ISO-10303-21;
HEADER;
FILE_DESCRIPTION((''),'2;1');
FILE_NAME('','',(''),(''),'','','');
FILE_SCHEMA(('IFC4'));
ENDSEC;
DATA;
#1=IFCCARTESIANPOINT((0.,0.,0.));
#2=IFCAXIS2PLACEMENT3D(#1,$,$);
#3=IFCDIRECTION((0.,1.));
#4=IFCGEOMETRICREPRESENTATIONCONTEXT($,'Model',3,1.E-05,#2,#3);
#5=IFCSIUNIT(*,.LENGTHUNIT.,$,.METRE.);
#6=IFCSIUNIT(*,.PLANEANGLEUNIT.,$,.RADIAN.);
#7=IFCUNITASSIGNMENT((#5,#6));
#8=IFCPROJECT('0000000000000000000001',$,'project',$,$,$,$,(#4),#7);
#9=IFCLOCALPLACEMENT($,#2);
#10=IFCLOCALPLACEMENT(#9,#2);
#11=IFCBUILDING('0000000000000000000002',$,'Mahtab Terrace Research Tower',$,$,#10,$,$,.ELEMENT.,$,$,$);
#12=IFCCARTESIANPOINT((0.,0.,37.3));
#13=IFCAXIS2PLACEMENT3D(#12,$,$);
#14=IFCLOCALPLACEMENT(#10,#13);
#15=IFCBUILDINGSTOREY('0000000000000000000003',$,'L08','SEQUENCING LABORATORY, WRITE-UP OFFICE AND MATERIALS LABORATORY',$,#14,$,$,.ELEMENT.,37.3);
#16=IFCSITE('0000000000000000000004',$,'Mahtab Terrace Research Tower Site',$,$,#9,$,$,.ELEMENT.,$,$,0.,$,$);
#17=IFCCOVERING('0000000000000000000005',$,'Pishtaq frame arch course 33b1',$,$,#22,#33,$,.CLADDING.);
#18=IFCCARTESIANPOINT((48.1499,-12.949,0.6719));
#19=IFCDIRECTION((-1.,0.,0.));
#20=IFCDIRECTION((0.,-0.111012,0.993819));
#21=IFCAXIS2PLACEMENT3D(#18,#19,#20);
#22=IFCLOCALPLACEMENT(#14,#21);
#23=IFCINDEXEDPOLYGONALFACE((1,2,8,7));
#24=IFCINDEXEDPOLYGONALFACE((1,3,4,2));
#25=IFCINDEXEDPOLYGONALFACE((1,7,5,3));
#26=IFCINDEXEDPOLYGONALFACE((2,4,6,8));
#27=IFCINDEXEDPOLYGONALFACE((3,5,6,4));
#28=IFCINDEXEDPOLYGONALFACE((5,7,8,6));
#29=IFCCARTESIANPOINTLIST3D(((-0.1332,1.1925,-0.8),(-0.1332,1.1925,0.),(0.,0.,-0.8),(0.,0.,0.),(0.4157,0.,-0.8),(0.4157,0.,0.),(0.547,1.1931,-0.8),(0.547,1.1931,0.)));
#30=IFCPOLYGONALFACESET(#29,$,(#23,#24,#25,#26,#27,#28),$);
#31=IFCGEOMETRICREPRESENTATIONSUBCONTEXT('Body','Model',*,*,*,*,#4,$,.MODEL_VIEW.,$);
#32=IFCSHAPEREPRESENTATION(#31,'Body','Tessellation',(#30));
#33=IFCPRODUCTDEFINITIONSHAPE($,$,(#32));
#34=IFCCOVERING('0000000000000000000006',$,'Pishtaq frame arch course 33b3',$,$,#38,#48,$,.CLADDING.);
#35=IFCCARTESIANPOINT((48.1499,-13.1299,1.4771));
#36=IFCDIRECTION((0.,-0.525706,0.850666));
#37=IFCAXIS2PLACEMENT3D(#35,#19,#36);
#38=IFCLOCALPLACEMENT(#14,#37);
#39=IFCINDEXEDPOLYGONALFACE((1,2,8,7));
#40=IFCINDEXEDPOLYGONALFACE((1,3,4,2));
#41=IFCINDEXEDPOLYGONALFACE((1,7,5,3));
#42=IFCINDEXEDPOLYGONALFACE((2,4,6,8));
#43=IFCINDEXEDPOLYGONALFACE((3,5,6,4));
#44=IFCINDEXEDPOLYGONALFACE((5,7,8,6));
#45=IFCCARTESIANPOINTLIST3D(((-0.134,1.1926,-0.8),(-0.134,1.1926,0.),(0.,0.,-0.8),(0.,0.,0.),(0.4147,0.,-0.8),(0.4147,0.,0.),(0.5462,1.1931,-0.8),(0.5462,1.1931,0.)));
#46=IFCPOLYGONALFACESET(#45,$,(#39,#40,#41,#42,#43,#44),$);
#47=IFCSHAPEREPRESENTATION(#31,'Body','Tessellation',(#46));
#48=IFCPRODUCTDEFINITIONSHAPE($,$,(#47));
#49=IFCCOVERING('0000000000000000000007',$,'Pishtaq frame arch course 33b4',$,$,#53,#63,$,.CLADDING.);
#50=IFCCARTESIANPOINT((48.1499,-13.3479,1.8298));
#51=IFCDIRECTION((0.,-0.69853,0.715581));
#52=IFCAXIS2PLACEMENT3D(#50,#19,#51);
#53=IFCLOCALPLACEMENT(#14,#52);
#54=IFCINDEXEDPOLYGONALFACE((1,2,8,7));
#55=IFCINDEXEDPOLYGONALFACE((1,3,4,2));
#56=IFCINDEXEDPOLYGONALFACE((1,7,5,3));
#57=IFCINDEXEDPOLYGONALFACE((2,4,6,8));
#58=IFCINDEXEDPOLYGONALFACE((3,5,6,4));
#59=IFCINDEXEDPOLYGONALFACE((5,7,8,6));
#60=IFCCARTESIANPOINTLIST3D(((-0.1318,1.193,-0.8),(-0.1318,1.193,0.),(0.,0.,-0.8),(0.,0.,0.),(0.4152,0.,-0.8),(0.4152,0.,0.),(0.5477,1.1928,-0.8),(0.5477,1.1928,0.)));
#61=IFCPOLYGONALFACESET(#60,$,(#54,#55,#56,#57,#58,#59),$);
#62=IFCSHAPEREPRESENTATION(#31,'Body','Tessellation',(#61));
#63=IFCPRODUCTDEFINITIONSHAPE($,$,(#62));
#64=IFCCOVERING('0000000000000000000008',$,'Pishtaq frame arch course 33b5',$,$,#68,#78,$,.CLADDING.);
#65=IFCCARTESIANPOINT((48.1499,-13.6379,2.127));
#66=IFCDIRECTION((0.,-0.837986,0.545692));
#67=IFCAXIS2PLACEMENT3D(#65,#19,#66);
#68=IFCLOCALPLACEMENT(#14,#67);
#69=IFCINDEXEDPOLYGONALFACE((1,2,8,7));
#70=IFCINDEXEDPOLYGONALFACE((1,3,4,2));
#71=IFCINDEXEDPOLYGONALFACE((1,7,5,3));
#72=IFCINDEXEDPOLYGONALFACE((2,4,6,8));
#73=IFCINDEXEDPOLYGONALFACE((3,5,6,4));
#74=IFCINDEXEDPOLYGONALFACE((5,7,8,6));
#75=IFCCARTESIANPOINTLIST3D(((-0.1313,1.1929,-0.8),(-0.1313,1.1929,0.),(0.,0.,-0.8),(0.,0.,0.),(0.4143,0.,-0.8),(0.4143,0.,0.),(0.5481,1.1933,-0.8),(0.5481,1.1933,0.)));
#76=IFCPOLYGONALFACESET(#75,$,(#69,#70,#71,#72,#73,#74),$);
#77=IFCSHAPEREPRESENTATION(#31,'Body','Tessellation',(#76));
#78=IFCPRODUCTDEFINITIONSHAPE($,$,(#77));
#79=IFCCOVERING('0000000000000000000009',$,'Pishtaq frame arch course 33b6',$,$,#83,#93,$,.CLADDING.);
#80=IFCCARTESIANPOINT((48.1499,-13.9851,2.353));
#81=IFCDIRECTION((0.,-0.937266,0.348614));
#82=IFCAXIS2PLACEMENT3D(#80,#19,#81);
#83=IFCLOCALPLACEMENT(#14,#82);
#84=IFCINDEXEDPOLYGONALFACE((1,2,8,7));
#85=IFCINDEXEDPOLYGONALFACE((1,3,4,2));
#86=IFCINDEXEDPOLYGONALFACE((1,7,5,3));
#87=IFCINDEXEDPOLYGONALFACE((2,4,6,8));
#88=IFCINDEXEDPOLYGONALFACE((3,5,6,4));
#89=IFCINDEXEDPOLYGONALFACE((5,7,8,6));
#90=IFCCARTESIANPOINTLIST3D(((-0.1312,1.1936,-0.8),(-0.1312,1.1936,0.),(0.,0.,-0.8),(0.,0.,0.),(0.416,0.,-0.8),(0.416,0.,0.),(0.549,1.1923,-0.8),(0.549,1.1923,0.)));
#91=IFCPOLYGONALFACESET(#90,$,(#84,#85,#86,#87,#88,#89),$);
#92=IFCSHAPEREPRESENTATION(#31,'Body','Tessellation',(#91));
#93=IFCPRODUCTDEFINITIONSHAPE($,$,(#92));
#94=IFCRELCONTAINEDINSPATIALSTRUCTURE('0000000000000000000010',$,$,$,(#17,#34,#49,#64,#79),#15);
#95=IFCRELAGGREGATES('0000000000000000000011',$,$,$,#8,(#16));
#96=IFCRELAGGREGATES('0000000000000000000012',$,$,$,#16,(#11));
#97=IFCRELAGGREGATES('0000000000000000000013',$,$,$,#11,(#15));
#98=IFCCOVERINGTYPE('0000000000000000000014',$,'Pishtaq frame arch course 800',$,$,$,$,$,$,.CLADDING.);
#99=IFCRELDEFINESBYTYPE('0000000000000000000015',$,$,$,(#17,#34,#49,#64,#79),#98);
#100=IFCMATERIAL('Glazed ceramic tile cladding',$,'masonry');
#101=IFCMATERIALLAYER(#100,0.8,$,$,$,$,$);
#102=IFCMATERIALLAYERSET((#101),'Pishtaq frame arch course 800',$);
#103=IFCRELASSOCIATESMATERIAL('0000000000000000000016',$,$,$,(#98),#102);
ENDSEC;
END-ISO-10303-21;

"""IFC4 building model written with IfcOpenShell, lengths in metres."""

from ifc_helpers import new_model, si_unit, direction, frame, origin, place, context, subcontext, project, spatial, polyline, outline, extrude, material, layer, layer_set, type_object, element, save


model = new_model("IFC4")

# Units and contexts
model_context = context("Model", 3, precision=1e-05, world=origin(), true_north=direction((0.0, 1.0)))
body_context = subcontext(model_context, "Body", "Model", "MODEL_VIEW")
ifc_project = project(units=[si_unit("LENGTHUNIT", "METRE"), si_unit("PLANEANGLEUNIT", "RADIAN")], contexts=[model_context])

# Site, building, storey
site_placement = place(None, origin())
site = spatial("IfcSite", under=ifc_project, at=site_placement, Name="Mahtab Terrace Research Tower Site", CompositionType="ELEMENT", RefElevation=0.0)
building_placement = place(site_placement, origin())
building = spatial("IfcBuilding", under=site, at=building_placement, Name="Mahtab Terrace Research Tower", CompositionType="ELEMENT")
storey_placement = place(building_placement, frame((0.0, 0.0, 37.3)))
storey = spatial("IfcBuildingStorey", under=building, at=storey_placement, Name="L08", Description="SEQUENCING LABORATORY, WRITE-UP OFFICE AND MATERIALS LABORATORY", CompositionType="ELEMENT", Elevation=37.3)

# Coverings
ifc_material_1 = material(Name="Glazed ceramic tile cladding", Category="masonry")
ifc_layer_1 = layer(ifc_material_1, 0.8)
ifc_layer_set_1 = layer_set([ifc_layer_1], Name="Pishtaq frame arch course 800")
covering_type_1 = type_object("IfcCoveringType", Name="Pishtaq frame arch course 800", PredefinedType="CLADDING", material=ifc_layer_set_1)
covering_1_placement = place(storey_placement, frame((48.1499, -12.949, 0.6719), z_axis=(-1.0, 0.0, 0.0), x_axis=(0.0, -0.111012, 0.993819)))
element("IfcCovering", 1, at=covering_1_placement, inside=storey, type_object=covering_type_1, Name="Pishtaq frame arch course 33b1", PredefinedType="CLADDING", context=body_context, shape_type="SweptSolid", body=[
    extrude(outline(polyline([(0.0, 0.0), (0.4157, 0.0), (0.547, 1.1931), (-0.1332, 1.1925), (0.0, 0.0)])), origin(), (0.0, 0.0, -1.0), 0.8),
])
covering_2_placement = place(storey_placement, frame((48.1499, -13.1299, 1.4771), z_axis=(-1.0, 0.0, 0.0), x_axis=(0.0, -0.525706, 0.850666)))
element("IfcCovering", 2, at=covering_2_placement, inside=storey, type_object=covering_type_1, Name="Pishtaq frame arch course 33b3", PredefinedType="CLADDING", context=body_context, shape_type="SweptSolid", body=[
    extrude(outline(polyline([(0.0, 0.0), (0.4147, 0.0), (0.5462, 1.1931), (-0.134, 1.1926), (0.0, 0.0)])), origin(), (0.0, 0.0, -1.0), 0.8),
])
covering_3_placement = place(storey_placement, frame((48.1499, -13.3479, 1.8298), z_axis=(-1.0, 0.0, 0.0), x_axis=(0.0, -0.69853, 0.715581)))
element("IfcCovering", 3, at=covering_3_placement, inside=storey, type_object=covering_type_1, Name="Pishtaq frame arch course 33b4", PredefinedType="CLADDING", context=body_context, shape_type="SweptSolid", body=[
    extrude(outline(polyline([(0.0, 0.0), (0.4152, 0.0), (0.5477, 1.1928), (-0.1318, 1.193), (0.0, 0.0)])), origin(), (0.0, 0.0, -1.0), 0.8),
])
covering_4_placement = place(storey_placement, frame((48.1499, -13.6379, 2.127), z_axis=(-1.0, 0.0, 0.0), x_axis=(0.0, -0.837986, 0.545692)))
element("IfcCovering", 4, at=covering_4_placement, inside=storey, type_object=covering_type_1, Name="Pishtaq frame arch course 33b5", PredefinedType="CLADDING", context=body_context, shape_type="SweptSolid", body=[
    extrude(outline(polyline([(0.0, 0.0), (0.4143, 0.0), (0.5481, 1.1933), (-0.1313, 1.1929), (0.0, 0.0)])), origin(), (0.0, 0.0, -1.0), 0.8),
])
covering_5_placement = place(storey_placement, frame((48.1499, -13.9851, 2.353), z_axis=(-1.0, 0.0, 0.0), x_axis=(0.0, -0.937266, 0.348614)))
element("IfcCovering", 5, at=covering_5_placement, inside=storey, type_object=covering_type_1, Name="Pishtaq frame arch course 33b6", PredefinedType="CLADDING", context=body_context, shape_type="SweptSolid", body=[
    extrude(outline(polyline([(0.0, 0.0), (0.416, 0.0), (0.549, 1.1923), (-0.1312, 1.1936), (0.0, 0.0)])), origin(), (0.0, 0.0, -1.0), 0.8),
])

save(model, "model.ifc")
